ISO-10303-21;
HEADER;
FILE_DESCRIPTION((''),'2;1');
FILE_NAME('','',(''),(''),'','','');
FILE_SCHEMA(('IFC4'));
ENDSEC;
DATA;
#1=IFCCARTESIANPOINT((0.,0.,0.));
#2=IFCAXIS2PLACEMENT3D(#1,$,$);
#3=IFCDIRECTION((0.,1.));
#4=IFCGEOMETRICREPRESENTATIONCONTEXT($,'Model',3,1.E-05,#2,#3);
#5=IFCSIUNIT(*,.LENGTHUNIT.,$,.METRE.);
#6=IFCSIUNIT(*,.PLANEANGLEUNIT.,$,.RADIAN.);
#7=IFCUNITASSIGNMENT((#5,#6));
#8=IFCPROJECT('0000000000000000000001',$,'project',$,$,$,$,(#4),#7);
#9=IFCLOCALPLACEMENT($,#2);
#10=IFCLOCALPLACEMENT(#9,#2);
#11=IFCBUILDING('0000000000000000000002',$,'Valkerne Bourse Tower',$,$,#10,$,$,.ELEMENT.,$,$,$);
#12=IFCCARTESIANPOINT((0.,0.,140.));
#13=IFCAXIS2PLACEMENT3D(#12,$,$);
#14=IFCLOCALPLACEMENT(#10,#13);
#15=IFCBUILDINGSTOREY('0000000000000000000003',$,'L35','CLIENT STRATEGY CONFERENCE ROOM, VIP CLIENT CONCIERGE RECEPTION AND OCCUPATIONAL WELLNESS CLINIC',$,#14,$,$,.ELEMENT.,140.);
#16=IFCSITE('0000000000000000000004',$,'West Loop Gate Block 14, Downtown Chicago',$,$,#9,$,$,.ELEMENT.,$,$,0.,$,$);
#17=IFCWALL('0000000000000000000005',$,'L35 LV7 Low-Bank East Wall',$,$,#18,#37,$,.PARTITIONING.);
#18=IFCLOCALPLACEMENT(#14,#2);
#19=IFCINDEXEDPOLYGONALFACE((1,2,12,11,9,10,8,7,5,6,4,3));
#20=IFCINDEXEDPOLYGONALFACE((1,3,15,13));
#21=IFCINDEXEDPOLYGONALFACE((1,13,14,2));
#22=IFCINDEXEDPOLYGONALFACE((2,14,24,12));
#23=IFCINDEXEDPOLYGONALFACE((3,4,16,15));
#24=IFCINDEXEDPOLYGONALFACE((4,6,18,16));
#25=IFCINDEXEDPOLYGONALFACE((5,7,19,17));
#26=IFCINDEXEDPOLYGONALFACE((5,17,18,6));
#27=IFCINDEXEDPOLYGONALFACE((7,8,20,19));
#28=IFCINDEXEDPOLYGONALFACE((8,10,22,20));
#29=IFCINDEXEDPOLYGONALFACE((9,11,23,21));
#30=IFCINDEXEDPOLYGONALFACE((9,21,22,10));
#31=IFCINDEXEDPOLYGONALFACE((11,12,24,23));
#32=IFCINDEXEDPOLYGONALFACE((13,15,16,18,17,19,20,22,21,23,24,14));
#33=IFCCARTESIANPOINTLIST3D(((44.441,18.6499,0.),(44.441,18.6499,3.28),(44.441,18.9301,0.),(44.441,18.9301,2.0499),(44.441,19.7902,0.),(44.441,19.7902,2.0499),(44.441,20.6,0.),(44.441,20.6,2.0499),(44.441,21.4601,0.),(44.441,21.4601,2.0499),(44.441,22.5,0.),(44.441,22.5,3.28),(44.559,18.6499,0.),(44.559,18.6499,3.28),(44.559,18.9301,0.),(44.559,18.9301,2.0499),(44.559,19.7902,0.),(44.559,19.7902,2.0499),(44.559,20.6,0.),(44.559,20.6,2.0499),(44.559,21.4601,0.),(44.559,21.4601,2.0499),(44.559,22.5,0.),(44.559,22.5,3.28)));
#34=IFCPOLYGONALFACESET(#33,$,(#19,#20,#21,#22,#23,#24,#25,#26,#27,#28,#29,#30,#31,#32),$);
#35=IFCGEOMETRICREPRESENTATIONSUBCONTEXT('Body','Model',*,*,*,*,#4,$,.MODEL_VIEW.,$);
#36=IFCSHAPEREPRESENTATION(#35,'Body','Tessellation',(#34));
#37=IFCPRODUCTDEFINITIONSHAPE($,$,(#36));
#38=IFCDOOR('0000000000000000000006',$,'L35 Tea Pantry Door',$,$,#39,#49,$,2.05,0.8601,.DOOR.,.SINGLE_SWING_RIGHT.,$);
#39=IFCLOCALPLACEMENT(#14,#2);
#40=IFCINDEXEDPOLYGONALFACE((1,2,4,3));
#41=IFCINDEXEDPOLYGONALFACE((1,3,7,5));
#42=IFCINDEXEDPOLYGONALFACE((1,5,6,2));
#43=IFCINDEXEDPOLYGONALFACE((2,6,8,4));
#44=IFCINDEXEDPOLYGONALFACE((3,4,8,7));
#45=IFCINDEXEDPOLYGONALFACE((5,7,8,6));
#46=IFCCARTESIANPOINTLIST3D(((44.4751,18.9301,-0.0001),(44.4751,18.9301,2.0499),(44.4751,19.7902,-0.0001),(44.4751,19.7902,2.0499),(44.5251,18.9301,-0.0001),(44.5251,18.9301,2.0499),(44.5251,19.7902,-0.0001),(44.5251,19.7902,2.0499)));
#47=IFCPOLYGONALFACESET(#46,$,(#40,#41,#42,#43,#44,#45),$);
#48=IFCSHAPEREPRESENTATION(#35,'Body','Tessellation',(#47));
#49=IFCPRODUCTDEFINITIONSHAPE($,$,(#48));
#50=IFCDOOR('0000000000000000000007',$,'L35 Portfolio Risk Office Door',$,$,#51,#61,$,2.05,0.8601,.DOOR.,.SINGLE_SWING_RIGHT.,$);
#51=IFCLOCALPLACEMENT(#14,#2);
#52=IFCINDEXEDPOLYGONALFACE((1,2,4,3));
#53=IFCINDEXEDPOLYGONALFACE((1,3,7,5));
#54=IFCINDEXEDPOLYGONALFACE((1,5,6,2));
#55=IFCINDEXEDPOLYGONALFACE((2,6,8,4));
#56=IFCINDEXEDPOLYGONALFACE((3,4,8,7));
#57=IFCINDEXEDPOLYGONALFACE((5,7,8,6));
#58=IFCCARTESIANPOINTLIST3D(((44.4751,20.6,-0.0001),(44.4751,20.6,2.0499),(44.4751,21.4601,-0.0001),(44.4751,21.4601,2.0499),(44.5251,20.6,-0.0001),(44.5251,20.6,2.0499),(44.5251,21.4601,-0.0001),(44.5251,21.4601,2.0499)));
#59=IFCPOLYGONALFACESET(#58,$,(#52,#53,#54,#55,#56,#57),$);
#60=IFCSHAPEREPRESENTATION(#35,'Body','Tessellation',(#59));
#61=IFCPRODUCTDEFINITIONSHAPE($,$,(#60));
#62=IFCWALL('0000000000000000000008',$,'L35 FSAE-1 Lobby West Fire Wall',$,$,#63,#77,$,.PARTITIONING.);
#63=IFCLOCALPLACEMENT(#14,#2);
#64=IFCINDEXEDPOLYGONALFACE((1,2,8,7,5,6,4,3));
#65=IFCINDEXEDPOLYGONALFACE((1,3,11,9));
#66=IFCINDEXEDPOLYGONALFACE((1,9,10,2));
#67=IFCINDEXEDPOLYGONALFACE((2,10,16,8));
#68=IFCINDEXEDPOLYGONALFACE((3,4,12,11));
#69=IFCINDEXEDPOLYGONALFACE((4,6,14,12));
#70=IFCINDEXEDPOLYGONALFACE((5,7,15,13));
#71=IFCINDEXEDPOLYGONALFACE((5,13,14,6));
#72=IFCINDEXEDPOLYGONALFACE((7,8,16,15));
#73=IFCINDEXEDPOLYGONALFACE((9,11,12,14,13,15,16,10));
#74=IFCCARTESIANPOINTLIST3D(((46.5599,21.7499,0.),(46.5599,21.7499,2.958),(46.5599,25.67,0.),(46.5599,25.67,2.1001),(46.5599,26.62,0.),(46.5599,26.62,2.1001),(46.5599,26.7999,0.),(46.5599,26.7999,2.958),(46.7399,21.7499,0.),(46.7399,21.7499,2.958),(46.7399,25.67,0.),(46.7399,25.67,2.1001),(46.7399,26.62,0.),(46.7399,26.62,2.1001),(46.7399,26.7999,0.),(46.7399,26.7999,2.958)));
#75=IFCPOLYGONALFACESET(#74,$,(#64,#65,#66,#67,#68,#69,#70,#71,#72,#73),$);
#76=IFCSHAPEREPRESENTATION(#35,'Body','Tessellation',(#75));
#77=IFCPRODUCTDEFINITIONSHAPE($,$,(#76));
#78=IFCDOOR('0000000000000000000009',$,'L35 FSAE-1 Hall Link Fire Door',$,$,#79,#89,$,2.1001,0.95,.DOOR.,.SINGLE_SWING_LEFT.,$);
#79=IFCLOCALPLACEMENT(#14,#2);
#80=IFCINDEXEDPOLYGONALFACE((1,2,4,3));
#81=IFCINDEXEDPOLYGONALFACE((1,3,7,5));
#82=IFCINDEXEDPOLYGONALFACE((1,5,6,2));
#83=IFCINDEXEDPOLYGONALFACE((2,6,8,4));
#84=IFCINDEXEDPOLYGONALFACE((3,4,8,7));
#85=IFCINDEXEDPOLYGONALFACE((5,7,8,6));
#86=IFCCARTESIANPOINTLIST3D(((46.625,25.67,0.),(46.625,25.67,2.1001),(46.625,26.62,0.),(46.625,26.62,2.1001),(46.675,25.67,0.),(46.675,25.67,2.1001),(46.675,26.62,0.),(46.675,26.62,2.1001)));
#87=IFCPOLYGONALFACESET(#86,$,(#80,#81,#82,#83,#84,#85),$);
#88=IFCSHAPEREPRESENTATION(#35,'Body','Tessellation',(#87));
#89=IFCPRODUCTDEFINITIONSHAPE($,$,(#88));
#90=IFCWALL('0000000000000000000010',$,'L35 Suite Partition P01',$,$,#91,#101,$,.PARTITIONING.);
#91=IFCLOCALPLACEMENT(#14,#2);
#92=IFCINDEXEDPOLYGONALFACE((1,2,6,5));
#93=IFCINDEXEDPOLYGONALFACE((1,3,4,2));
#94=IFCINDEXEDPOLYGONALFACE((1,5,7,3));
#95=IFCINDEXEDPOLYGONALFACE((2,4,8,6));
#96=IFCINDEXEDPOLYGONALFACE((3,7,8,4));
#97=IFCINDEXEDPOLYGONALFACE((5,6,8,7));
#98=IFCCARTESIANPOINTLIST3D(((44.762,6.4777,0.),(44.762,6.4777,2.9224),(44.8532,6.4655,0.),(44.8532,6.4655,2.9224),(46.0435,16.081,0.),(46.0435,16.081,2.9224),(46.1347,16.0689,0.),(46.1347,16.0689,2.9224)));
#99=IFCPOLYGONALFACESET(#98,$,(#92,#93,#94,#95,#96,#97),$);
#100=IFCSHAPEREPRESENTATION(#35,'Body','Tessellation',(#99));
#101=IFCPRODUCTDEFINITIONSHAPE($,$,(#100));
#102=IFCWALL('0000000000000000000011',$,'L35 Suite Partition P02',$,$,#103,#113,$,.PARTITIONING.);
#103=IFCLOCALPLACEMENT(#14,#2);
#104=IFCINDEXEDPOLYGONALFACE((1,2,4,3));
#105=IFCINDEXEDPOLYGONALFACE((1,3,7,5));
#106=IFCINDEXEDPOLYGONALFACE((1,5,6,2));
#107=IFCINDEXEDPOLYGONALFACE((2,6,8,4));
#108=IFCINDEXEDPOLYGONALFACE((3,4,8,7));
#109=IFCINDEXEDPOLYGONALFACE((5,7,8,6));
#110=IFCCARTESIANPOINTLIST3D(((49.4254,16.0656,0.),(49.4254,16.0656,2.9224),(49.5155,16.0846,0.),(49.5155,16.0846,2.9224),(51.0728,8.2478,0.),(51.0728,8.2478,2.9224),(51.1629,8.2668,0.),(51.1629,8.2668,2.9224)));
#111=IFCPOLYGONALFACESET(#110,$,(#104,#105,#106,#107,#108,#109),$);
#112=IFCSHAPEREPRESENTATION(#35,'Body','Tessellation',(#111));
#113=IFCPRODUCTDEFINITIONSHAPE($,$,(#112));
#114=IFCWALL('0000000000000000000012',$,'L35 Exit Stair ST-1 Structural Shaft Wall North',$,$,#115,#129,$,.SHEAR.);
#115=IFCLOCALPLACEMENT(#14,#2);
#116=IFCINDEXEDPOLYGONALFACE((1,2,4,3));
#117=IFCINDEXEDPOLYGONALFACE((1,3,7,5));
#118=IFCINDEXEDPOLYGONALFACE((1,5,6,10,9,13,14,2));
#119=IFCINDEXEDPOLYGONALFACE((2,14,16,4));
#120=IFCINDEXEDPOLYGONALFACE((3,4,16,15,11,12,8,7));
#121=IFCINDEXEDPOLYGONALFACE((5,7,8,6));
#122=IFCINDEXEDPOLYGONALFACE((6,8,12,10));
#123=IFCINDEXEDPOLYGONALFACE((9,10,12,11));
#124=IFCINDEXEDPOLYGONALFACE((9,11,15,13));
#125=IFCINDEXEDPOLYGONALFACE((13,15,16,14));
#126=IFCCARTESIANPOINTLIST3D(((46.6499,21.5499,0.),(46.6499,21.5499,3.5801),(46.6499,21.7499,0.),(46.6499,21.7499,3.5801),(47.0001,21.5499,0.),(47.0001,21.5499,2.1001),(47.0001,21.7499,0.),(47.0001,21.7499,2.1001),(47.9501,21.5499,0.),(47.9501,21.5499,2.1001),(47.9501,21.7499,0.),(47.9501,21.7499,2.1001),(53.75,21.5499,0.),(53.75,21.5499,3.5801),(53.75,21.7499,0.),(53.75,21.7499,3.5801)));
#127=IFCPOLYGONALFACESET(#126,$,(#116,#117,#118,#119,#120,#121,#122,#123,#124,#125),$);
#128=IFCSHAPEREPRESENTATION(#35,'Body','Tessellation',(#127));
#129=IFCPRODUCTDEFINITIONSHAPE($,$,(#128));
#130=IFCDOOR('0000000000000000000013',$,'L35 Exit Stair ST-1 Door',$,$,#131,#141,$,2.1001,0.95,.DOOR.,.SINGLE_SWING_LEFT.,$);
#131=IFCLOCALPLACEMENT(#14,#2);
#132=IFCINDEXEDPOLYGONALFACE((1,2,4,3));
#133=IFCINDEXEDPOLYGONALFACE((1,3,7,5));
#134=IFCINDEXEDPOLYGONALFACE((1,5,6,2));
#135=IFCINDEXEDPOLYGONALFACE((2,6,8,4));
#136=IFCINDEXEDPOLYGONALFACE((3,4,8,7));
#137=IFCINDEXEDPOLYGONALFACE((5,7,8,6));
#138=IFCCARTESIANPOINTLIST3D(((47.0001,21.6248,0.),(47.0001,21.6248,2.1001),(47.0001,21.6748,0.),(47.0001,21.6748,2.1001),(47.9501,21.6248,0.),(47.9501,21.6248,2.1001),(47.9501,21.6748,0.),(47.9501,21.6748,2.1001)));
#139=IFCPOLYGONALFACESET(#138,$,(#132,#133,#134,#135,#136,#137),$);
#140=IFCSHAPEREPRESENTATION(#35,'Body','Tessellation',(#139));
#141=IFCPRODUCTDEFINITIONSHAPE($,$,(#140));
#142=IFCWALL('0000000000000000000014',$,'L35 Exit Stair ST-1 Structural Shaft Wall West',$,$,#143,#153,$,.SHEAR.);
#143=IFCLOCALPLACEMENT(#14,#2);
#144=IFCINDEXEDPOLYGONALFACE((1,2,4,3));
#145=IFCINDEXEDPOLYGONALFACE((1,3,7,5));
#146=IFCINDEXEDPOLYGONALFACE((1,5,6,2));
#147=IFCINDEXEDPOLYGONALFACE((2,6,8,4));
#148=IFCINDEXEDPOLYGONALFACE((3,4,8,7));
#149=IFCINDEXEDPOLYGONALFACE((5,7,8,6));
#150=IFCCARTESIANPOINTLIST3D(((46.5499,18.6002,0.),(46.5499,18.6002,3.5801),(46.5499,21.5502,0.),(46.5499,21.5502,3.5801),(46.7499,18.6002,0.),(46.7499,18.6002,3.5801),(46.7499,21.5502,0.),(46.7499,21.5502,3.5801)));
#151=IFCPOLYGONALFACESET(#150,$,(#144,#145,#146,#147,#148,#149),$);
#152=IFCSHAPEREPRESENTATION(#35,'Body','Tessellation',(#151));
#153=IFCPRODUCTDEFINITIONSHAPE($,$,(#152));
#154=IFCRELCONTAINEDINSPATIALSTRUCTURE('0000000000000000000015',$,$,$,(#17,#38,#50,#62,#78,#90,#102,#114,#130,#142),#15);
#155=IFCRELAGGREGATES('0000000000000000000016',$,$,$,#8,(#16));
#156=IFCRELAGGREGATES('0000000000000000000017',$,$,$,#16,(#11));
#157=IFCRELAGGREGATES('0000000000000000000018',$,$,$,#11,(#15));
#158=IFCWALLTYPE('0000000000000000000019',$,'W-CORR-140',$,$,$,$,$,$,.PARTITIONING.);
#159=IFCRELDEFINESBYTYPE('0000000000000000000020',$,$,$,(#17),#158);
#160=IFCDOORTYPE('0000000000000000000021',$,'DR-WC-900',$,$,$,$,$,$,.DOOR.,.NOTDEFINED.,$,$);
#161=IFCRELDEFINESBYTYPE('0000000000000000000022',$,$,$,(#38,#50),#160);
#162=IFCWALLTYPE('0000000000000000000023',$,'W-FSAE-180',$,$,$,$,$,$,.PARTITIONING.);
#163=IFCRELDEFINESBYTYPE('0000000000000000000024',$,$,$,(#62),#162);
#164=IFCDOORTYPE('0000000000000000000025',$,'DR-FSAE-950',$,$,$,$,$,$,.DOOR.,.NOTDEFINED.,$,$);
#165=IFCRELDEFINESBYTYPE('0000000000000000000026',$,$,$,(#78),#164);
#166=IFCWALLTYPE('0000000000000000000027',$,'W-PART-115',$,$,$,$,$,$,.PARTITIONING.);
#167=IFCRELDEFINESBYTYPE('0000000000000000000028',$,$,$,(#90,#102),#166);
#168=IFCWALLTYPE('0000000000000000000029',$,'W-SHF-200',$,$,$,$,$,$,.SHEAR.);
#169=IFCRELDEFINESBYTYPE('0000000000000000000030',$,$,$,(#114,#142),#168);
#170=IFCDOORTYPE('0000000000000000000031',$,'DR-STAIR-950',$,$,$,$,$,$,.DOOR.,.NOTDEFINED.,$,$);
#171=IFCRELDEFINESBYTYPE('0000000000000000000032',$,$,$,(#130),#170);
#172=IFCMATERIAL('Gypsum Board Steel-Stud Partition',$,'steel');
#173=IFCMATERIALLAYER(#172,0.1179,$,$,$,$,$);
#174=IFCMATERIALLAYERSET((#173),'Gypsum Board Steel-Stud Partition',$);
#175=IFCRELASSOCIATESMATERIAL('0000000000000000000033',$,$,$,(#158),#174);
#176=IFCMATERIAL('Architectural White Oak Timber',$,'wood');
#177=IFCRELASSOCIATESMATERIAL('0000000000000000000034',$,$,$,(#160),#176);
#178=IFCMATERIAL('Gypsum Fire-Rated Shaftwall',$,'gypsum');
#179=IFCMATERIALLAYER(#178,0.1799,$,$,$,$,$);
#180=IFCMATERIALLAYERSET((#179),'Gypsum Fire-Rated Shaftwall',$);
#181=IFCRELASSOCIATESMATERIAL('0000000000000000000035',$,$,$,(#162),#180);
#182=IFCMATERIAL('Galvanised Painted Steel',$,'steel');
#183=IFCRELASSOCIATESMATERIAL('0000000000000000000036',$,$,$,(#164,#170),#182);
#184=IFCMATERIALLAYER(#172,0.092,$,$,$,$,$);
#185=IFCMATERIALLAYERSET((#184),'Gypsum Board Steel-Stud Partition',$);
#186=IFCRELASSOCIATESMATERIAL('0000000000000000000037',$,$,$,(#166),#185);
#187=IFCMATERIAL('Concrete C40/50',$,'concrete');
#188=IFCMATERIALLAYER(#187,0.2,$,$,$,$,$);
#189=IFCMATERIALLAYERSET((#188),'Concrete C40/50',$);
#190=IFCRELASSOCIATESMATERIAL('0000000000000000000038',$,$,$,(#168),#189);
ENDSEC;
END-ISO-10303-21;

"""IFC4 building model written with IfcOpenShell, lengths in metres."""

from ifc_helpers import new_model, si_unit, direction, frame, frame_2d, origin, place, context, subcontext, project, spatial, rectangle, extrude, material, layer, layer_set, type_object, element, fill, save


model = new_model("IFC4")

# Units and contexts
model_context = context("Model", 3, precision=1e-05, world=origin(), true_north=direction((0.0, 1.0)))
body_context = subcontext(model_context, "Body", "Model", "MODEL_VIEW")
ifc_project = project(units=[si_unit("LENGTHUNIT", "METRE"), si_unit("PLANEANGLEUNIT", "RADIAN")], contexts=[model_context])

# Site, building, storey
site_placement = place(None, origin())
site = spatial("IfcSite", under=ifc_project, at=site_placement, Name="West Loop Gate Block 14, Downtown Chicago", CompositionType="ELEMENT", RefElevation=0.0)
building_placement = place(site_placement, origin())
building = spatial("IfcBuilding", under=site, at=building_placement, Name="Valkerne Bourse Tower", CompositionType="ELEMENT")
storey_placement = place(building_placement, frame((0.0, 0.0, 140.0)))
storey = spatial("IfcBuildingStorey", under=building, at=storey_placement, Name="L35", Description="CLIENT STRATEGY CONFERENCE ROOM, VIP CLIENT CONCIERGE RECEPTION AND OCCUPATIONAL WELLNESS CLINIC", CompositionType="ELEMENT", Elevation=140.0)

# Wall, openings, doors
ifc_material_1 = material(Name="Gypsum Board Steel-Stud Partition", Category="steel")
ifc_layer_1 = layer(ifc_material_1, 0.1179)
ifc_layer_set_1 = layer_set([ifc_layer_1], Name="Gypsum Board Steel-Stud Partition")
wall_type_1 = type_object("IfcWallType", Name="W-CORR-140", PredefinedType="PARTITIONING", material=ifc_layer_set_1)
wall_1_placement = place(storey_placement, frame((44.5, 18.6499, 0.0), z_axis=(0.0, 0.0, 1.0), x_axis=(0.0, 1.0, 0.0)))
wall_1 = element("IfcWall", 1, at=wall_1_placement, inside=storey, type_object=wall_type_1, Name="L35 LV7 Low-Bank East Wall", PredefinedType="PARTITIONING", context=body_context, shape_type="SweptSolid", body=[
    extrude(rectangle(XDim=3.8501, YDim=0.1179, at=frame_2d((1.925, 0.0))), origin(), (0.0, 0.0, 1.0), 3.28),
])
opening_1_placement = place(wall_1_placement, frame((0.28, 0.0, 0.0)))
opening_1 = element("IfcOpeningElement", 2, at=opening_1_placement, cuts=wall_1, PredefinedType="OPENING", context=body_context, shape_type="SweptSolid", body=[
    extrude(rectangle(XDim=0.8601, YDim=2.05, at=frame_2d((0.4302, 1.0249))), frame((0.0, 0.0688, 0.0), z_axis=(0.0, -1.0, 0.0), x_axis=(1.0, 0.0, 0.0)), (0.0, 0.0, 1.0), 0.1379),
])
opening_2_placement = place(wall_1_placement, frame((1.95, 0.0, 0.0)))
opening_2 = element("IfcOpeningElement", 3, at=opening_2_placement, cuts=wall_1, PredefinedType="OPENING", context=body_context, shape_type="SweptSolid", body=[
    extrude(rectangle(XDim=0.8601, YDim=2.05, at=frame_2d((0.4302, 1.0249))), frame((0.0, 0.0688, 0.0), z_axis=(0.0, -1.0, 0.0), x_axis=(1.0, 0.0, 0.0)), (0.0, 0.0, 1.0), 0.1379),
])
ifc_material_2 = material(Name="Architectural White Oak Timber", Category="wood")
door_type_1 = type_object("IfcDoorType", Name="DR-WC-900", OperationType="NOTDEFINED", PredefinedType="DOOR", material=ifc_material_2)
door_1_placement = place(opening_1_placement, origin())
door_1 = element("IfcDoor", 4, at=door_1_placement, inside=storey, type_object=door_type_1, Name="L35 Tea Pantry Door", OperationType="SINGLE_SWING_RIGHT", OverallHeight=2.05, OverallWidth=0.8601, PredefinedType="DOOR", context=body_context, shape_type="SweptSolid", body=[
    extrude(rectangle(XDim=0.8601, YDim=2.05, at=frame_2d((0.4302, 1.0249))), frame((0.0, 0.0249, 0.0), z_axis=(0.0, -1.0, 0.0), x_axis=(1.0, 0.0, 0.0)), (0.0, 0.0, 1.0), 0.05),
])
fill(opening_1, door_1)
door_2_placement = place(opening_2_placement, origin())
door_2 = element("IfcDoor", 5, at=door_2_placement, inside=storey, type_object=door_type_1, Name="L35 Portfolio Risk Office Door", OperationType="SINGLE_SWING_RIGHT", OverallHeight=2.05, OverallWidth=0.8601, PredefinedType="DOOR", context=body_context, shape_type="SweptSolid", body=[
    extrude(rectangle(XDim=0.8601, YDim=2.05, at=frame_2d((0.4302, 1.0249))), frame((0.0, 0.0249, 0.0), z_axis=(0.0, -1.0, 0.0), x_axis=(1.0, 0.0, 0.0)), (0.0, 0.0, 1.0), 0.05),
])
fill(opening_2, door_2)

# Wall, opening, door
ifc_material_3 = material(Name="Gypsum Fire-Rated Shaftwall", Category="gypsum")
ifc_layer_2 = layer(ifc_material_3, 0.1799)
ifc_layer_set_2 = layer_set([ifc_layer_2], Name="Gypsum Fire-Rated Shaftwall")
wall_type_2 = type_object("IfcWallType", Name="W-FSAE-180", PredefinedType="PARTITIONING", material=ifc_layer_set_2)
wall_2_placement = place(storey_placement, frame((46.6499, 21.75, 0.0), z_axis=(0.0, 0.0, 1.0), x_axis=(0.0, 1.0, 0.0)))
wall_2 = element("IfcWall", 6, at=wall_2_placement, inside=storey, type_object=wall_type_2, Name="L35 FSAE-1 Lobby West Fire Wall", PredefinedType="PARTITIONING", context=body_context, shape_type="SweptSolid", body=[
    extrude(rectangle(XDim=5.05, YDim=0.1799, at=frame_2d((2.5249, 0.0))), origin(), (0.0, 0.0, 1.0), 2.958),
])
opening_3_placement = place(wall_2_placement, frame((3.9199, 0.0, 0.0)))
opening_3 = element("IfcOpeningElement", 7, at=opening_3_placement, cuts=wall_2, PredefinedType="OPENING", context=body_context, shape_type="SweptSolid", body=[
    extrude(rectangle(XDim=0.95, YDim=2.1001, at=frame_2d((0.4751, 1.05))), frame((0.0, 0.0999, 0.0), z_axis=(0.0, -1.0, 0.0), x_axis=(1.0, 0.0, 0.0)), (0.0, 0.0, 1.0), 0.2),
])
ifc_material_4 = material(Name="Galvanised Painted Steel", Category="steel")
door_type_2 = type_object("IfcDoorType", Name="DR-FSAE-950", OperationType="NOTDEFINED", PredefinedType="DOOR", material=ifc_material_4)
door_3_placement = place(opening_3_placement, origin())
door_3 = element("IfcDoor", 8, at=door_3_placement, inside=storey, type_object=door_type_2, Name="L35 FSAE-1 Hall Link Fire Door", OperationType="SINGLE_SWING_LEFT", OverallHeight=2.1001, OverallWidth=0.95, PredefinedType="DOOR", context=body_context, shape_type="SweptSolid", body=[
    extrude(rectangle(XDim=0.95, YDim=2.1001, at=frame_2d((0.4751, 1.05))), frame((0.0, 0.0249, 0.0), z_axis=(0.0, -1.0, 0.0), x_axis=(1.0, 0.0, 0.0)), (0.0, 0.0, 1.0), 0.05),
])
fill(opening_3, door_3)

# Walls
ifc_layer_3 = layer(ifc_material_1, 0.092)
ifc_layer_set_3 = layer_set([ifc_layer_3], Name="Gypsum Board Steel-Stud Partition")
wall_type_3 = type_object("IfcWallType", Name="W-PART-115", PredefinedType="PARTITIONING", material=ifc_layer_set_3)
wall_3_placement = place(storey_placement, frame((46.0891, 16.075, 0.0), z_axis=(0.0, 0.0, 1.0), x_axis=(-0.132271, -0.991214, 0.0)))
element("IfcWall", 9, at=wall_3_placement, inside=storey, type_object=wall_type_3, Name="L35 Suite Partition P01", PredefinedType="PARTITIONING", context=body_context, shape_type="SweptSolid", body=[
    extrude(rectangle(XDim=9.6885, YDim=0.092, at=frame_2d((4.8442, 0.0))), origin(), (0.0, 0.0, 1.0), 2.9224),
])
wall_4_placement = place(storey_placement, frame((49.4705, 16.075, 0.0), z_axis=(0.0, 0.0, 1.0), x_axis=(0.206201, -0.97851, 0.0)))
element("IfcWall", 10, at=wall_4_placement, inside=storey, type_object=wall_type_3, Name="L35 Suite Partition P02", PredefinedType="PARTITIONING", context=body_context, shape_type="SweptSolid", body=[
    extrude(rectangle(XDim=7.9895, YDim=0.092, at=frame_2d((3.9946, 0.0))), origin(), (0.0, 0.0, 1.0), 2.9224),
])

# Wall, opening, door
ifc_material_5 = material(Name="Concrete C40/50", Category="concrete")
ifc_layer_4 = layer(ifc_material_5, 0.2)
ifc_layer_set_4 = layer_set([ifc_layer_4], Name="Concrete C40/50")
wall_type_4 = type_object("IfcWallType", Name="W-SHF-200", PredefinedType="SHEAR", material=ifc_layer_set_4)
wall_5_placement = place(storey_placement, frame((46.6499, 21.6499, 0.0), z_axis=(0.0, 0.0, 1.0), x_axis=(1.0, 0.0, 0.0)))
wall_5 = element("IfcWall", 11, at=wall_5_placement, inside=storey, type_object=wall_type_4, Name="L35 Exit Stair ST-1 Structural Shaft Wall North", PredefinedType="SHEAR", context=body_context, shape_type="SweptSolid", body=[
    extrude(rectangle(XDim=7.1001, YDim=0.2, at=frame_2d((3.55, 0.0))), origin(), (0.0, 0.0, 1.0), 3.5801),
])
opening_4_placement = place(wall_5_placement, frame((0.3501, 0.0, 0.0)))
opening_4 = element("IfcOpeningElement", 12, at=opening_4_placement, cuts=wall_5, PredefinedType="OPENING", context=body_context, shape_type="SweptSolid", body=[
    extrude(rectangle(XDim=0.95, YDim=2.1001, at=frame_2d((0.4751, 1.05))), frame((0.0, 0.1099, 0.0), z_axis=(0.0, -1.0, 0.0), x_axis=(1.0, 0.0, 0.0)), (0.0, 0.0, 1.0), 0.22),
])
door_type_3 = type_object("IfcDoorType", Name="DR-STAIR-950", OperationType="NOTDEFINED", PredefinedType="DOOR", material=ifc_material_4)
door_4_placement = place(opening_4_placement, origin())
door_4 = element("IfcDoor", 13, at=door_4_placement, inside=storey, type_object=door_type_3, Name="L35 Exit Stair ST-1 Door", OperationType="SINGLE_SWING_LEFT", OverallHeight=2.1001, OverallWidth=0.95, PredefinedType="DOOR", context=body_context, shape_type="SweptSolid", body=[
    extrude(rectangle(XDim=0.95, YDim=2.1001, at=frame_2d((0.4751, 1.05))), frame((0.0, 0.0249, 0.0), z_axis=(0.0, -1.0, 0.0), x_axis=(1.0, 0.0, 0.0)), (0.0, 0.0, 1.0), 0.05),
])
fill(opening_4, door_4)

# Wall
wall_6_placement = place(storey_placement, frame((46.6499, 18.6001, 0.0), z_axis=(0.0, 0.0, 1.0), x_axis=(0.0, 1.0, 0.0)))
element("IfcWall", 14, at=wall_6_placement, inside=storey, type_object=wall_type_4, Name="L35 Exit Stair ST-1 Structural Shaft Wall West", PredefinedType="SHEAR", context=body_context, shape_type="SweptSolid", body=[
    extrude(rectangle(XDim=2.95, YDim=0.2, at=frame_2d((1.4751, 0.0))), origin(), (0.0, 0.0, 1.0), 3.5801),
])

save(model, "model.ifc")
